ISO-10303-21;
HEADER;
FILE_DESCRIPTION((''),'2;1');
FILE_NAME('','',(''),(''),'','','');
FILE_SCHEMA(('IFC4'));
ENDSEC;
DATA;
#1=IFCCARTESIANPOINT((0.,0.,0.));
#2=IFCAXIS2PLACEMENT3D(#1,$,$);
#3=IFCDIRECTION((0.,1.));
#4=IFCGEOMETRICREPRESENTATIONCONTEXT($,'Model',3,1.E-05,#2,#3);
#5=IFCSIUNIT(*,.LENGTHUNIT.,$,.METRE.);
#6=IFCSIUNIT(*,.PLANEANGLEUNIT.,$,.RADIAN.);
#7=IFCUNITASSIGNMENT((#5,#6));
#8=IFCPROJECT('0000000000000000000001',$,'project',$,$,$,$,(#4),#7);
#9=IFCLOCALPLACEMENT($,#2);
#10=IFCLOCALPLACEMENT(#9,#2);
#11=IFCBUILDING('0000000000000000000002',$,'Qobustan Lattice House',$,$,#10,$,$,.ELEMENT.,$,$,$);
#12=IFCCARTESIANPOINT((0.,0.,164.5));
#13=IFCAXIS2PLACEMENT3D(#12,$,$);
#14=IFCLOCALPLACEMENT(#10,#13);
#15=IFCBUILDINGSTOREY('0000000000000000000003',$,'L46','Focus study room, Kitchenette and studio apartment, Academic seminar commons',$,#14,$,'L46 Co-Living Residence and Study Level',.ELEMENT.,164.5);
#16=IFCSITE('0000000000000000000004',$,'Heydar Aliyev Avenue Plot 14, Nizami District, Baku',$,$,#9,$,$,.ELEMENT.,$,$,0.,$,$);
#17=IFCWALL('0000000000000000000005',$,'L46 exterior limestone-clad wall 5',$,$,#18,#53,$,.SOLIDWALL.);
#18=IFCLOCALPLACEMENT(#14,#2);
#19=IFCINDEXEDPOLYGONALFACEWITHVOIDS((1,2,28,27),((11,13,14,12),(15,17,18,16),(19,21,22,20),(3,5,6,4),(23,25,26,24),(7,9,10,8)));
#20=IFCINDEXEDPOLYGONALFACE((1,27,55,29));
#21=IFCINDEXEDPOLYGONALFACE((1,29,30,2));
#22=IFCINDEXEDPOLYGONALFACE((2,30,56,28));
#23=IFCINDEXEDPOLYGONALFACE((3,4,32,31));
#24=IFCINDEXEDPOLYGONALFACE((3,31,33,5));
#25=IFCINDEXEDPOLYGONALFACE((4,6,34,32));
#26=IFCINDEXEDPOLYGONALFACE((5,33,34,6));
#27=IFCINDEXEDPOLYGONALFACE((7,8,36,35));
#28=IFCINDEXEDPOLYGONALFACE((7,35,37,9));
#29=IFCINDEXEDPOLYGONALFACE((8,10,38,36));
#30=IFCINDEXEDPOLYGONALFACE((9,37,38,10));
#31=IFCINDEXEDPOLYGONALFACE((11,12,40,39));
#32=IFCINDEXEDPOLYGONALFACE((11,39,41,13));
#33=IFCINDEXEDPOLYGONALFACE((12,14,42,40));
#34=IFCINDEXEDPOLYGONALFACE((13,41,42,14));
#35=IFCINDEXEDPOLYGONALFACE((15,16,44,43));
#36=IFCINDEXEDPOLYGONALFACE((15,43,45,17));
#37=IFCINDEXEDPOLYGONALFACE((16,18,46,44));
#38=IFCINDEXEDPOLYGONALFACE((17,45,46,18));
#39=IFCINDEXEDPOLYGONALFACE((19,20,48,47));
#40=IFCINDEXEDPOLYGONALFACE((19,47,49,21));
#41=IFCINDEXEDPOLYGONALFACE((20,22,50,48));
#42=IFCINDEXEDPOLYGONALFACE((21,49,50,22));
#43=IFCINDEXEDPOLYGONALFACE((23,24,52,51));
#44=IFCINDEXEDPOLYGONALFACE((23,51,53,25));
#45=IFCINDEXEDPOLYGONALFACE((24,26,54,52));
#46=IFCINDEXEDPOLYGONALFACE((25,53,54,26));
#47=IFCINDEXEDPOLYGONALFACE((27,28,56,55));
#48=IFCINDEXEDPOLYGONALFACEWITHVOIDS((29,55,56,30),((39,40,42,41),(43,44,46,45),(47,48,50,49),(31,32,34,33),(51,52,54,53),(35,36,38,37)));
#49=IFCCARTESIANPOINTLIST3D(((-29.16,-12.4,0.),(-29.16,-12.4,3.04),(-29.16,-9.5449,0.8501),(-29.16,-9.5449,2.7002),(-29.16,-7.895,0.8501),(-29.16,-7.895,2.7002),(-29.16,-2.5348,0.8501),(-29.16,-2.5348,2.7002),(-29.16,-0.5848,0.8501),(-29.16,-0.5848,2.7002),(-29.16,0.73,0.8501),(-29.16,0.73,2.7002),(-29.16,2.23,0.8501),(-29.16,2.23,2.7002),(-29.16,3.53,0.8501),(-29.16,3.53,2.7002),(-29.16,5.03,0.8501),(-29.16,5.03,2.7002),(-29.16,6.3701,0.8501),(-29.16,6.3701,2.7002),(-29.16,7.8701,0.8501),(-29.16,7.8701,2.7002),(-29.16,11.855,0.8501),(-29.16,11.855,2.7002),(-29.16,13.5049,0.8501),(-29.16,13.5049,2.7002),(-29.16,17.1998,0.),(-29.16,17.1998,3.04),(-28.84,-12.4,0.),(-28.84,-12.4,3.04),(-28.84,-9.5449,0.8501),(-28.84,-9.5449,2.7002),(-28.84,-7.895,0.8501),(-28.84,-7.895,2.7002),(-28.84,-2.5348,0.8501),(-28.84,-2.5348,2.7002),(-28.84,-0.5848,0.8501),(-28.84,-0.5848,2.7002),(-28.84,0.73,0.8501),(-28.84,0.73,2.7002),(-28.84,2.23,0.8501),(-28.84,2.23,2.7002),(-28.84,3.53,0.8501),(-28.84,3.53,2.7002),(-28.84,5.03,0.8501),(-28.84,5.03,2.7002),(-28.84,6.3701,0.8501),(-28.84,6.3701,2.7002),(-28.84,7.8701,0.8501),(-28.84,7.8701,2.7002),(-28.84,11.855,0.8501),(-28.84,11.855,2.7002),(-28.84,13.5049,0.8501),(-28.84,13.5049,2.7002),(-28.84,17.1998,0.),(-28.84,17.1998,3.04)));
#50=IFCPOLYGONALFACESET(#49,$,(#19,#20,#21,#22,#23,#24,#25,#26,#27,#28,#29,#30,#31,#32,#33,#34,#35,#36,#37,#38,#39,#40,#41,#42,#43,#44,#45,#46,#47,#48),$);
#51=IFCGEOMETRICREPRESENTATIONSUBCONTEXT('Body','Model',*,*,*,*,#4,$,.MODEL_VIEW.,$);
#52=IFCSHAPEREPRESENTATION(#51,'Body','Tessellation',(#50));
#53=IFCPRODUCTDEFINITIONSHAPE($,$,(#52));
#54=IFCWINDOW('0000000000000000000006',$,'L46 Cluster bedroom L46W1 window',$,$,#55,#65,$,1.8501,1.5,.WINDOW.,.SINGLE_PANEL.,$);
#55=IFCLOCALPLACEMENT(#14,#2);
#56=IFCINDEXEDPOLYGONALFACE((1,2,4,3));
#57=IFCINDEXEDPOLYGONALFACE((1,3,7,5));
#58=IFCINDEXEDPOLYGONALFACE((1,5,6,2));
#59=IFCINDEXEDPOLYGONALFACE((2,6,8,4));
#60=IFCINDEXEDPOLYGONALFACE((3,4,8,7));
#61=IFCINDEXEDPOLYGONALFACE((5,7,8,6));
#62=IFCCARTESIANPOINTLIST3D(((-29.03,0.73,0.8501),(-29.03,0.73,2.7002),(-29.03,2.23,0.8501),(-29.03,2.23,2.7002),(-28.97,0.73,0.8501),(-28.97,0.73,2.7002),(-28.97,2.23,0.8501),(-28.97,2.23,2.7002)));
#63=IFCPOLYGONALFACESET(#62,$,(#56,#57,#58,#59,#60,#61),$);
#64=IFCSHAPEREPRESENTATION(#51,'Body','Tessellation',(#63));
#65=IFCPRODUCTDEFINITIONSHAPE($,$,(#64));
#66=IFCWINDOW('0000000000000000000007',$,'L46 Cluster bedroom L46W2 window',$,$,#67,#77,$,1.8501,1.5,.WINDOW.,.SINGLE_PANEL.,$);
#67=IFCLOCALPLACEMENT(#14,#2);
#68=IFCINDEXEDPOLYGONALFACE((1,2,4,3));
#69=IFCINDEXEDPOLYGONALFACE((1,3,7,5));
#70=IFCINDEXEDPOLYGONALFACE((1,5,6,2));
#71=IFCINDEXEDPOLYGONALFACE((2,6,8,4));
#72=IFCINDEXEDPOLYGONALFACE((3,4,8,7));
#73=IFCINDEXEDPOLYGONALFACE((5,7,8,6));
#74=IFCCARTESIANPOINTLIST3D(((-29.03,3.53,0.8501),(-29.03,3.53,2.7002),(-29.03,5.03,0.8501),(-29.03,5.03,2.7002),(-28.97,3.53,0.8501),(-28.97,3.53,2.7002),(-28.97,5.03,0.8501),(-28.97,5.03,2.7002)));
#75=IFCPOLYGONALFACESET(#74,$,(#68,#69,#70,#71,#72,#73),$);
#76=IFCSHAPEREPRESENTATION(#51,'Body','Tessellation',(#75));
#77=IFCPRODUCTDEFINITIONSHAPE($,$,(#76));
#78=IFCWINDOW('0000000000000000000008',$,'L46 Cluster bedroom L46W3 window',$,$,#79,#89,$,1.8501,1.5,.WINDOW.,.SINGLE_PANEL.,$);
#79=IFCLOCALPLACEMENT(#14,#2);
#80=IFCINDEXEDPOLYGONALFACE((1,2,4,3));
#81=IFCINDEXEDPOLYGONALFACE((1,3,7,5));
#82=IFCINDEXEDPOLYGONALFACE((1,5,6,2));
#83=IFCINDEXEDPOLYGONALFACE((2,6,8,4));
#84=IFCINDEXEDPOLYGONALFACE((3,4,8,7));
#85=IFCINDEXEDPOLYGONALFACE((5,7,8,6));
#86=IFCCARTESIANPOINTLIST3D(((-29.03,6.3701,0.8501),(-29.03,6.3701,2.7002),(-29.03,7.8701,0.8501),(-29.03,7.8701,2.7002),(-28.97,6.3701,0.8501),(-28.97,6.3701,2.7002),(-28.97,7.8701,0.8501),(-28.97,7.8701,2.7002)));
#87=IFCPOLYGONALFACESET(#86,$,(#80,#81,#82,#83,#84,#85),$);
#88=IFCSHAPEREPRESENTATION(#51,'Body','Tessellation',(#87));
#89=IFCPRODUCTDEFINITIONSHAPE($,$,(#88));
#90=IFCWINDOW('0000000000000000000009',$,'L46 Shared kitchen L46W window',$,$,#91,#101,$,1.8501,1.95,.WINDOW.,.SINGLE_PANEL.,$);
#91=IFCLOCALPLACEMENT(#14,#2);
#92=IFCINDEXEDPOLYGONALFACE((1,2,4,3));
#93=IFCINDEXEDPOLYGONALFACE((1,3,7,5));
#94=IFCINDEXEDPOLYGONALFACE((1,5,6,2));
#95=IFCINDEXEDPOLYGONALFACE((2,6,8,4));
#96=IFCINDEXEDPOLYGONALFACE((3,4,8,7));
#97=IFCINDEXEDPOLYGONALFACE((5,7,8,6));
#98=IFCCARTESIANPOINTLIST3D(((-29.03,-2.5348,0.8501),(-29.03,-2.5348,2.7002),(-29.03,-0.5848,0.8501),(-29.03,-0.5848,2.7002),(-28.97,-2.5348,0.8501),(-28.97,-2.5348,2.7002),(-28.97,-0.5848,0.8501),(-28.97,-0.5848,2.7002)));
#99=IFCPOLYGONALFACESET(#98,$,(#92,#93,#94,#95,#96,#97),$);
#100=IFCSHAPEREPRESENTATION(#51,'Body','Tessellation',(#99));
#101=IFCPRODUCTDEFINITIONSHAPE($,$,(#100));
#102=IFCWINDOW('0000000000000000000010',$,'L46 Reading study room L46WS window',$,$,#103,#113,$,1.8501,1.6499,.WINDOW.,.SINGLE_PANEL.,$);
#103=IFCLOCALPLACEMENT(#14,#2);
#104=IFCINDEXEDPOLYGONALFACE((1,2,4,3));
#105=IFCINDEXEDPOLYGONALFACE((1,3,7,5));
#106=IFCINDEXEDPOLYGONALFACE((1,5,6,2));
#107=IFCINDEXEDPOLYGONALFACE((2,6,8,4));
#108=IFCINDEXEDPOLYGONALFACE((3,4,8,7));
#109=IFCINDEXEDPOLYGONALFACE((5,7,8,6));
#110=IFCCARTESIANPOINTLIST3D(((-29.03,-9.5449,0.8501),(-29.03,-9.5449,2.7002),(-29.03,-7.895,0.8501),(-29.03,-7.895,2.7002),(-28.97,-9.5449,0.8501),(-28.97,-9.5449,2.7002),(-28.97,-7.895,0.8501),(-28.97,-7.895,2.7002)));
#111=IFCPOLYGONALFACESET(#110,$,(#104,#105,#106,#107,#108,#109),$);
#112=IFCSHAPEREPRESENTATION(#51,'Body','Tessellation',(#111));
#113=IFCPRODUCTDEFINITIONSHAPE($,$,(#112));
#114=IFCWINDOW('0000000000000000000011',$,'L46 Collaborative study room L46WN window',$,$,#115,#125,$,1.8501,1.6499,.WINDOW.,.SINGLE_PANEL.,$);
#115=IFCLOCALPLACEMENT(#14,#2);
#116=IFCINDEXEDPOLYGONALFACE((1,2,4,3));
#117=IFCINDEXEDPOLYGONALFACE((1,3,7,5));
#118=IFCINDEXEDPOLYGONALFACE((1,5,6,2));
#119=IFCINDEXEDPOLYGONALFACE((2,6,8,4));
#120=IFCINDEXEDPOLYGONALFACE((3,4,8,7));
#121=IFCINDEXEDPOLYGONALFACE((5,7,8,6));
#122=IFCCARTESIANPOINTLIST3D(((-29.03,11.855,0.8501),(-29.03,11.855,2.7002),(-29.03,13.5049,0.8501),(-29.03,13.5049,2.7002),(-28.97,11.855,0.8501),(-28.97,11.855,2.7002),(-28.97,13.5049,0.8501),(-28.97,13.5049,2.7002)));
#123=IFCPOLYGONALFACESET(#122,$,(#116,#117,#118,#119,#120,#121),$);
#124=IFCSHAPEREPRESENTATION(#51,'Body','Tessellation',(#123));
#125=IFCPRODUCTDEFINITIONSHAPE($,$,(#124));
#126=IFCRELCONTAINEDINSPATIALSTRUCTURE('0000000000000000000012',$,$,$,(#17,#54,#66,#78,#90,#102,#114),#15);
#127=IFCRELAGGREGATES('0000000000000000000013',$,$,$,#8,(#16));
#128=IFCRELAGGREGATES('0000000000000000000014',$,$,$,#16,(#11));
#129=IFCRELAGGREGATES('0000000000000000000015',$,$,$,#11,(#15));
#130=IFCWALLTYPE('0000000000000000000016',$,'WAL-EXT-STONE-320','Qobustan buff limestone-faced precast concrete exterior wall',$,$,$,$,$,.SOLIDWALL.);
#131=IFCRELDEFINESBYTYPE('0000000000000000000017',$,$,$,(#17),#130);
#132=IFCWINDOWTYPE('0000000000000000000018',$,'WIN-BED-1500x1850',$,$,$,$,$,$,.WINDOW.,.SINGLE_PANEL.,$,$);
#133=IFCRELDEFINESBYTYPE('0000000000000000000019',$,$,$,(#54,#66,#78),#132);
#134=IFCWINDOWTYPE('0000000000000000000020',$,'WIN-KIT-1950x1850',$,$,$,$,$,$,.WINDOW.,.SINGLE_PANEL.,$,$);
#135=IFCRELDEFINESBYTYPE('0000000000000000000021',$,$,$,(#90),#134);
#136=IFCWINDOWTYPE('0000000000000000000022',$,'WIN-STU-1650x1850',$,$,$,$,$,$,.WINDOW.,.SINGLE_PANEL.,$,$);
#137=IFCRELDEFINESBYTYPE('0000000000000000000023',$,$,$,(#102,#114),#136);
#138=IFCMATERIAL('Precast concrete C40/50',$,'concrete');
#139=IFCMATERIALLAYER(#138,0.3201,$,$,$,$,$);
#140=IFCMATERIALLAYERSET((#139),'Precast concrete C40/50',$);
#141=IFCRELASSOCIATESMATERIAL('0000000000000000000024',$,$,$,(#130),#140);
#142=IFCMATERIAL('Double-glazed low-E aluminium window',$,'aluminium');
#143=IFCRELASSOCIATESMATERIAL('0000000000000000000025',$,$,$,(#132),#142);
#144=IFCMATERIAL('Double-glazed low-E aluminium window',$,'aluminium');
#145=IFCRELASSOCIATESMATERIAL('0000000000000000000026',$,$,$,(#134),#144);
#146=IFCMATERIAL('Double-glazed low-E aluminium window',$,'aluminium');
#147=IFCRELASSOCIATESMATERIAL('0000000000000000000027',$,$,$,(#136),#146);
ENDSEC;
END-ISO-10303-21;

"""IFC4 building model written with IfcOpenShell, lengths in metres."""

from ifc_helpers import new_model, si_unit, direction, frame, frame_2d, origin, place, context, subcontext, project, spatial, rectangle, extrude, material, layer, layer_set, type_object, element, fill, save


model = new_model("IFC4")

# Units and contexts
model_context = context("Model", 3, precision=1e-05, world=origin(), true_north=direction((0.0, 1.0)))
body_context = subcontext(model_context, "Body", "Model", "MODEL_VIEW")
ifc_project = project(units=[si_unit("LENGTHUNIT", "METRE"), si_unit("PLANEANGLEUNIT", "RADIAN")], contexts=[model_context])

# Site, building, storey
site_placement = place(None, origin())
site = spatial("IfcSite", under=ifc_project, at=site_placement, Name="Heydar Aliyev Avenue Plot 14, Nizami District, Baku", CompositionType="ELEMENT", RefElevation=0.0)
building_placement = place(site_placement, origin())
building = spatial("IfcBuilding", under=site, at=building_placement, Name="Qobustan Lattice House", CompositionType="ELEMENT")
storey_placement = place(building_placement, frame((0.0, 0.0, 164.5)))
storey = spatial("IfcBuildingStorey", under=building, at=storey_placement, Name="L46", Description="Focus study room, Kitchenette and studio apartment, Academic seminar commons", LongName="L46 Co-Living Residence and Study Level", CompositionType="ELEMENT", Elevation=164.5)

# Shared definitions
ifc_material_1 = material(Name="Precast concrete C40/50", Category="concrete")
ifc_layer_1 = layer(ifc_material_1, 0.3201)
ifc_layer_set_1 = layer_set([ifc_layer_1], Name="Precast concrete C40/50")
wall_type = type_object("IfcWallType", Name="WAL-EXT-STONE-320", Description="Qobustan buff limestone-faced precast concrete exterior wall", PredefinedType="SOLIDWALL", material=ifc_layer_set_1)

# Wall, openings, windows
wall_1_placement = place(storey_placement, frame((-29.0, -12.3999, 0.0), z_axis=(0.0, 0.0, 1.0), x_axis=(0.0, 1.0, 0.0)))
wall_1 = element("IfcWall", 1, at=wall_1_placement, inside=storey, type_object=wall_type, Name="L46 exterior limestone-clad wall 5", PredefinedType="SOLIDWALL", context=body_context, shape_type="SweptSolid", body=[
    extrude(rectangle(XDim=29.5999, YDim=0.3201, at=frame_2d((14.7998, 0.0))), origin(), (0.0, 0.0, 1.0), 3.04),
])
opening_1_placement = place(wall_1_placement, frame((2.855, 0.0, 0.8501)))
opening_1 = element("IfcOpeningElement", 2, at=opening_1_placement, cuts=wall_1, PredefinedType="OPENING", context=body_context, shape_type="SweptSolid", body=[
    extrude(rectangle(XDim=1.6499, YDim=1.8501, at=frame_2d((0.825, 0.925))), frame((0.0, 0.1699, 0.0), z_axis=(0.0, -1.0, 0.0), x_axis=(1.0, 0.0, 0.0)), (0.0, 0.0, 1.0), 0.3401),
])
opening_2_placement = place(wall_1_placement, frame((9.865, 0.0, 0.8501)))
opening_2 = element("IfcOpeningElement", 3, at=opening_2_placement, cuts=wall_1, PredefinedType="OPENING", context=body_context, shape_type="SweptSolid", body=[
    extrude(rectangle(XDim=1.95, YDim=1.8501, at=frame_2d((0.9751, 0.925))), frame((0.0, 0.1699, 0.0), z_axis=(0.0, -1.0, 0.0), x_axis=(1.0, 0.0, 0.0)), (0.0, 0.0, 1.0), 0.3401),
])
opening_3_placement = place(wall_1_placement, frame((13.1299, 0.0, 0.8501)))
opening_3 = element("IfcOpeningElement", 4, at=opening_3_placement, cuts=wall_1, PredefinedType="OPENING", context=body_context, shape_type="SweptSolid", body=[
    extrude(rectangle(XDim=1.5, YDim=1.8501, at=frame_2d((0.75, 0.925))), frame((0.0, 0.1699, 0.0), z_axis=(0.0, -1.0, 0.0), x_axis=(1.0, 0.0, 0.0)), (0.0, 0.0, 1.0), 0.3401),
])
opening_4_placement = place(wall_1_placement, frame((15.9299, 0.0, 0.8501)))
opening_4 = element("IfcOpeningElement", 5, at=opening_4_placement, cuts=wall_1, PredefinedType="OPENING", context=body_context, shape_type="SweptSolid", body=[
    extrude(rectangle(XDim=1.5, YDim=1.8501, at=frame_2d((0.75, 0.925))), frame((0.0, 0.1699, 0.0), z_axis=(0.0, -1.0, 0.0), x_axis=(1.0, 0.0, 0.0)), (0.0, 0.0, 1.0), 0.3401),
])
opening_5_placement = place(wall_1_placement, frame((18.77, 0.0, 0.8501)))
opening_5 = element("IfcOpeningElement", 6, at=opening_5_placement, cuts=wall_1, PredefinedType="OPENING", context=body_context, shape_type="SweptSolid", body=[
    extrude(rectangle(XDim=1.5, YDim=1.8501, at=frame_2d((0.75, 0.925))), frame((0.0, 0.1699, 0.0), z_axis=(0.0, -1.0, 0.0), x_axis=(1.0, 0.0, 0.0)), (0.0, 0.0, 1.0), 0.3401),
])
opening_6_placement = place(wall_1_placement, frame((24.2549, 0.0, 0.8501)))
opening_6 = element("IfcOpeningElement", 7, at=opening_6_placement, cuts=wall_1, PredefinedType="OPENING", context=body_context, shape_type="SweptSolid", body=[
    extrude(rectangle(XDim=1.6499, YDim=1.8501, at=frame_2d((0.825, 0.925))), frame((0.0, 0.1699, 0.0), z_axis=(0.0, -1.0, 0.0), x_axis=(1.0, 0.0, 0.0)), (0.0, 0.0, 1.0), 0.3401),
])
ifc_material_2 = material(Name="Double-glazed low-E aluminium window", Category="aluminium")
window_type_1 = type_object("IfcWindowType", Name="WIN-BED-1500x1850", PartitioningType="SINGLE_PANEL", PredefinedType="WINDOW", material=ifc_material_2)
window_1_placement = place(opening_3_placement, origin())
window_1 = element("IfcWindow", 8, at=window_1_placement, inside=storey, type_object=window_type_1, Name="L46 Cluster bedroom L46W1 window", OverallHeight=1.8501, OverallWidth=1.5, PartitioningType="SINGLE_PANEL", PredefinedType="WINDOW", context=body_context, shape_type="SweptSolid", body=[
    extrude(rectangle(XDim=1.5, YDim=1.8501, at=frame_2d((0.75, 0.925))), frame((0.0, 0.03, 0.0), z_axis=(0.0, -1.0, 0.0), x_axis=(1.0, 0.0, 0.0)), (0.0, 0.0, 1.0), 0.0601),
])
fill(opening_3, window_1)
window_2_placement = place(opening_4_placement, origin())
window_2 = element("IfcWindow", 9, at=window_2_placement, inside=storey, type_object=window_type_1, Name="L46 Cluster bedroom L46W2 window", OverallHeight=1.8501, OverallWidth=1.5, PartitioningType="SINGLE_PANEL", PredefinedType="WINDOW", context=body_context, shape_type="SweptSolid", body=[
    extrude(rectangle(XDim=1.5, YDim=1.8501, at=frame_2d((0.75, 0.925))), frame((0.0, 0.03, 0.0), z_axis=(0.0, -1.0, 0.0), x_axis=(1.0, 0.0, 0.0)), (0.0, 0.0, 1.0), 0.0601),
])
fill(opening_4, window_2)
window_3_placement = place(opening_5_placement, origin())
window_3 = element("IfcWindow", 10, at=window_3_placement, inside=storey, type_object=window_type_1, Name="L46 Cluster bedroom L46W3 window", OverallHeight=1.8501, OverallWidth=1.5, PartitioningType="SINGLE_PANEL", PredefinedType="WINDOW", context=body_context, shape_type="SweptSolid", body=[
    extrude(rectangle(XDim=1.5, YDim=1.8501, at=frame_2d((0.75, 0.925))), frame((0.0, 0.03, 0.0), z_axis=(0.0, -1.0, 0.0), x_axis=(1.0, 0.0, 0.0)), (0.0, 0.0, 1.0), 0.0601),
])
fill(opening_5, window_3)
ifc_material_3 = material(Name="Double-glazed low-E aluminium window", Category="aluminium")
window_type_2 = type_object("IfcWindowType", Name="WIN-KIT-1950x1850", PartitioningType="SINGLE_PANEL", PredefinedType="WINDOW", material=ifc_material_3)
window_4_placement = place(opening_2_placement, origin())
window_4 = element("IfcWindow", 11, at=window_4_placement, inside=storey, type_object=window_type_2, Name="L46 Shared kitchen L46W window", OverallHeight=1.8501, OverallWidth=1.95, PartitioningType="SINGLE_PANEL", PredefinedType="WINDOW", context=body_context, shape_type="SweptSolid", body=[
    extrude(rectangle(XDim=1.95, YDim=1.8501, at=frame_2d((0.9751, 0.925))), frame((0.0, 0.03, 0.0), z_axis=(0.0, -1.0, 0.0), x_axis=(1.0, 0.0, 0.0)), (0.0, 0.0, 1.0), 0.0601),
])
fill(opening_2, window_4)
ifc_material_4 = material(Name="Double-glazed low-E aluminium window", Category="aluminium")
window_type_3 = type_object("IfcWindowType", Name="WIN-STU-1650x1850", PartitioningType="SINGLE_PANEL", PredefinedType="WINDOW", material=ifc_material_4)
window_5_placement = place(opening_1_placement, origin())
window_5 = element("IfcWindow", 12, at=window_5_placement, inside=storey, type_object=window_type_3, Name="L46 Reading study room L46WS window", OverallHeight=1.8501, OverallWidth=1.6499, PartitioningType="SINGLE_PANEL", PredefinedType="WINDOW", context=body_context, shape_type="SweptSolid", body=[
    extrude(rectangle(XDim=1.6499, YDim=1.8501, at=frame_2d((0.825, 0.925))), frame((0.0, 0.03, 0.0), z_axis=(0.0, -1.0, 0.0), x_axis=(1.0, 0.0, 0.0)), (0.0, 0.0, 1.0), 0.0601),
])
fill(opening_1, window_5)
window_6_placement = place(opening_6_placement, origin())
window_6 = element("IfcWindow", 13, at=window_6_placement, inside=storey, type_object=window_type_3, Name="L46 Collaborative study room L46WN window", OverallHeight=1.8501, OverallWidth=1.6499, PartitioningType="SINGLE_PANEL", PredefinedType="WINDOW", context=body_context, shape_type="SweptSolid", body=[
    extrude(rectangle(XDim=1.6499, YDim=1.8501, at=frame_2d((0.825, 0.925))), frame((0.0, 0.03, 0.0), z_axis=(0.0, -1.0, 0.0), x_axis=(1.0, 0.0, 0.0)), (0.0, 0.0, 1.0), 0.0601),
])
fill(opening_6, window_6)

save(model, "model.ifc")
